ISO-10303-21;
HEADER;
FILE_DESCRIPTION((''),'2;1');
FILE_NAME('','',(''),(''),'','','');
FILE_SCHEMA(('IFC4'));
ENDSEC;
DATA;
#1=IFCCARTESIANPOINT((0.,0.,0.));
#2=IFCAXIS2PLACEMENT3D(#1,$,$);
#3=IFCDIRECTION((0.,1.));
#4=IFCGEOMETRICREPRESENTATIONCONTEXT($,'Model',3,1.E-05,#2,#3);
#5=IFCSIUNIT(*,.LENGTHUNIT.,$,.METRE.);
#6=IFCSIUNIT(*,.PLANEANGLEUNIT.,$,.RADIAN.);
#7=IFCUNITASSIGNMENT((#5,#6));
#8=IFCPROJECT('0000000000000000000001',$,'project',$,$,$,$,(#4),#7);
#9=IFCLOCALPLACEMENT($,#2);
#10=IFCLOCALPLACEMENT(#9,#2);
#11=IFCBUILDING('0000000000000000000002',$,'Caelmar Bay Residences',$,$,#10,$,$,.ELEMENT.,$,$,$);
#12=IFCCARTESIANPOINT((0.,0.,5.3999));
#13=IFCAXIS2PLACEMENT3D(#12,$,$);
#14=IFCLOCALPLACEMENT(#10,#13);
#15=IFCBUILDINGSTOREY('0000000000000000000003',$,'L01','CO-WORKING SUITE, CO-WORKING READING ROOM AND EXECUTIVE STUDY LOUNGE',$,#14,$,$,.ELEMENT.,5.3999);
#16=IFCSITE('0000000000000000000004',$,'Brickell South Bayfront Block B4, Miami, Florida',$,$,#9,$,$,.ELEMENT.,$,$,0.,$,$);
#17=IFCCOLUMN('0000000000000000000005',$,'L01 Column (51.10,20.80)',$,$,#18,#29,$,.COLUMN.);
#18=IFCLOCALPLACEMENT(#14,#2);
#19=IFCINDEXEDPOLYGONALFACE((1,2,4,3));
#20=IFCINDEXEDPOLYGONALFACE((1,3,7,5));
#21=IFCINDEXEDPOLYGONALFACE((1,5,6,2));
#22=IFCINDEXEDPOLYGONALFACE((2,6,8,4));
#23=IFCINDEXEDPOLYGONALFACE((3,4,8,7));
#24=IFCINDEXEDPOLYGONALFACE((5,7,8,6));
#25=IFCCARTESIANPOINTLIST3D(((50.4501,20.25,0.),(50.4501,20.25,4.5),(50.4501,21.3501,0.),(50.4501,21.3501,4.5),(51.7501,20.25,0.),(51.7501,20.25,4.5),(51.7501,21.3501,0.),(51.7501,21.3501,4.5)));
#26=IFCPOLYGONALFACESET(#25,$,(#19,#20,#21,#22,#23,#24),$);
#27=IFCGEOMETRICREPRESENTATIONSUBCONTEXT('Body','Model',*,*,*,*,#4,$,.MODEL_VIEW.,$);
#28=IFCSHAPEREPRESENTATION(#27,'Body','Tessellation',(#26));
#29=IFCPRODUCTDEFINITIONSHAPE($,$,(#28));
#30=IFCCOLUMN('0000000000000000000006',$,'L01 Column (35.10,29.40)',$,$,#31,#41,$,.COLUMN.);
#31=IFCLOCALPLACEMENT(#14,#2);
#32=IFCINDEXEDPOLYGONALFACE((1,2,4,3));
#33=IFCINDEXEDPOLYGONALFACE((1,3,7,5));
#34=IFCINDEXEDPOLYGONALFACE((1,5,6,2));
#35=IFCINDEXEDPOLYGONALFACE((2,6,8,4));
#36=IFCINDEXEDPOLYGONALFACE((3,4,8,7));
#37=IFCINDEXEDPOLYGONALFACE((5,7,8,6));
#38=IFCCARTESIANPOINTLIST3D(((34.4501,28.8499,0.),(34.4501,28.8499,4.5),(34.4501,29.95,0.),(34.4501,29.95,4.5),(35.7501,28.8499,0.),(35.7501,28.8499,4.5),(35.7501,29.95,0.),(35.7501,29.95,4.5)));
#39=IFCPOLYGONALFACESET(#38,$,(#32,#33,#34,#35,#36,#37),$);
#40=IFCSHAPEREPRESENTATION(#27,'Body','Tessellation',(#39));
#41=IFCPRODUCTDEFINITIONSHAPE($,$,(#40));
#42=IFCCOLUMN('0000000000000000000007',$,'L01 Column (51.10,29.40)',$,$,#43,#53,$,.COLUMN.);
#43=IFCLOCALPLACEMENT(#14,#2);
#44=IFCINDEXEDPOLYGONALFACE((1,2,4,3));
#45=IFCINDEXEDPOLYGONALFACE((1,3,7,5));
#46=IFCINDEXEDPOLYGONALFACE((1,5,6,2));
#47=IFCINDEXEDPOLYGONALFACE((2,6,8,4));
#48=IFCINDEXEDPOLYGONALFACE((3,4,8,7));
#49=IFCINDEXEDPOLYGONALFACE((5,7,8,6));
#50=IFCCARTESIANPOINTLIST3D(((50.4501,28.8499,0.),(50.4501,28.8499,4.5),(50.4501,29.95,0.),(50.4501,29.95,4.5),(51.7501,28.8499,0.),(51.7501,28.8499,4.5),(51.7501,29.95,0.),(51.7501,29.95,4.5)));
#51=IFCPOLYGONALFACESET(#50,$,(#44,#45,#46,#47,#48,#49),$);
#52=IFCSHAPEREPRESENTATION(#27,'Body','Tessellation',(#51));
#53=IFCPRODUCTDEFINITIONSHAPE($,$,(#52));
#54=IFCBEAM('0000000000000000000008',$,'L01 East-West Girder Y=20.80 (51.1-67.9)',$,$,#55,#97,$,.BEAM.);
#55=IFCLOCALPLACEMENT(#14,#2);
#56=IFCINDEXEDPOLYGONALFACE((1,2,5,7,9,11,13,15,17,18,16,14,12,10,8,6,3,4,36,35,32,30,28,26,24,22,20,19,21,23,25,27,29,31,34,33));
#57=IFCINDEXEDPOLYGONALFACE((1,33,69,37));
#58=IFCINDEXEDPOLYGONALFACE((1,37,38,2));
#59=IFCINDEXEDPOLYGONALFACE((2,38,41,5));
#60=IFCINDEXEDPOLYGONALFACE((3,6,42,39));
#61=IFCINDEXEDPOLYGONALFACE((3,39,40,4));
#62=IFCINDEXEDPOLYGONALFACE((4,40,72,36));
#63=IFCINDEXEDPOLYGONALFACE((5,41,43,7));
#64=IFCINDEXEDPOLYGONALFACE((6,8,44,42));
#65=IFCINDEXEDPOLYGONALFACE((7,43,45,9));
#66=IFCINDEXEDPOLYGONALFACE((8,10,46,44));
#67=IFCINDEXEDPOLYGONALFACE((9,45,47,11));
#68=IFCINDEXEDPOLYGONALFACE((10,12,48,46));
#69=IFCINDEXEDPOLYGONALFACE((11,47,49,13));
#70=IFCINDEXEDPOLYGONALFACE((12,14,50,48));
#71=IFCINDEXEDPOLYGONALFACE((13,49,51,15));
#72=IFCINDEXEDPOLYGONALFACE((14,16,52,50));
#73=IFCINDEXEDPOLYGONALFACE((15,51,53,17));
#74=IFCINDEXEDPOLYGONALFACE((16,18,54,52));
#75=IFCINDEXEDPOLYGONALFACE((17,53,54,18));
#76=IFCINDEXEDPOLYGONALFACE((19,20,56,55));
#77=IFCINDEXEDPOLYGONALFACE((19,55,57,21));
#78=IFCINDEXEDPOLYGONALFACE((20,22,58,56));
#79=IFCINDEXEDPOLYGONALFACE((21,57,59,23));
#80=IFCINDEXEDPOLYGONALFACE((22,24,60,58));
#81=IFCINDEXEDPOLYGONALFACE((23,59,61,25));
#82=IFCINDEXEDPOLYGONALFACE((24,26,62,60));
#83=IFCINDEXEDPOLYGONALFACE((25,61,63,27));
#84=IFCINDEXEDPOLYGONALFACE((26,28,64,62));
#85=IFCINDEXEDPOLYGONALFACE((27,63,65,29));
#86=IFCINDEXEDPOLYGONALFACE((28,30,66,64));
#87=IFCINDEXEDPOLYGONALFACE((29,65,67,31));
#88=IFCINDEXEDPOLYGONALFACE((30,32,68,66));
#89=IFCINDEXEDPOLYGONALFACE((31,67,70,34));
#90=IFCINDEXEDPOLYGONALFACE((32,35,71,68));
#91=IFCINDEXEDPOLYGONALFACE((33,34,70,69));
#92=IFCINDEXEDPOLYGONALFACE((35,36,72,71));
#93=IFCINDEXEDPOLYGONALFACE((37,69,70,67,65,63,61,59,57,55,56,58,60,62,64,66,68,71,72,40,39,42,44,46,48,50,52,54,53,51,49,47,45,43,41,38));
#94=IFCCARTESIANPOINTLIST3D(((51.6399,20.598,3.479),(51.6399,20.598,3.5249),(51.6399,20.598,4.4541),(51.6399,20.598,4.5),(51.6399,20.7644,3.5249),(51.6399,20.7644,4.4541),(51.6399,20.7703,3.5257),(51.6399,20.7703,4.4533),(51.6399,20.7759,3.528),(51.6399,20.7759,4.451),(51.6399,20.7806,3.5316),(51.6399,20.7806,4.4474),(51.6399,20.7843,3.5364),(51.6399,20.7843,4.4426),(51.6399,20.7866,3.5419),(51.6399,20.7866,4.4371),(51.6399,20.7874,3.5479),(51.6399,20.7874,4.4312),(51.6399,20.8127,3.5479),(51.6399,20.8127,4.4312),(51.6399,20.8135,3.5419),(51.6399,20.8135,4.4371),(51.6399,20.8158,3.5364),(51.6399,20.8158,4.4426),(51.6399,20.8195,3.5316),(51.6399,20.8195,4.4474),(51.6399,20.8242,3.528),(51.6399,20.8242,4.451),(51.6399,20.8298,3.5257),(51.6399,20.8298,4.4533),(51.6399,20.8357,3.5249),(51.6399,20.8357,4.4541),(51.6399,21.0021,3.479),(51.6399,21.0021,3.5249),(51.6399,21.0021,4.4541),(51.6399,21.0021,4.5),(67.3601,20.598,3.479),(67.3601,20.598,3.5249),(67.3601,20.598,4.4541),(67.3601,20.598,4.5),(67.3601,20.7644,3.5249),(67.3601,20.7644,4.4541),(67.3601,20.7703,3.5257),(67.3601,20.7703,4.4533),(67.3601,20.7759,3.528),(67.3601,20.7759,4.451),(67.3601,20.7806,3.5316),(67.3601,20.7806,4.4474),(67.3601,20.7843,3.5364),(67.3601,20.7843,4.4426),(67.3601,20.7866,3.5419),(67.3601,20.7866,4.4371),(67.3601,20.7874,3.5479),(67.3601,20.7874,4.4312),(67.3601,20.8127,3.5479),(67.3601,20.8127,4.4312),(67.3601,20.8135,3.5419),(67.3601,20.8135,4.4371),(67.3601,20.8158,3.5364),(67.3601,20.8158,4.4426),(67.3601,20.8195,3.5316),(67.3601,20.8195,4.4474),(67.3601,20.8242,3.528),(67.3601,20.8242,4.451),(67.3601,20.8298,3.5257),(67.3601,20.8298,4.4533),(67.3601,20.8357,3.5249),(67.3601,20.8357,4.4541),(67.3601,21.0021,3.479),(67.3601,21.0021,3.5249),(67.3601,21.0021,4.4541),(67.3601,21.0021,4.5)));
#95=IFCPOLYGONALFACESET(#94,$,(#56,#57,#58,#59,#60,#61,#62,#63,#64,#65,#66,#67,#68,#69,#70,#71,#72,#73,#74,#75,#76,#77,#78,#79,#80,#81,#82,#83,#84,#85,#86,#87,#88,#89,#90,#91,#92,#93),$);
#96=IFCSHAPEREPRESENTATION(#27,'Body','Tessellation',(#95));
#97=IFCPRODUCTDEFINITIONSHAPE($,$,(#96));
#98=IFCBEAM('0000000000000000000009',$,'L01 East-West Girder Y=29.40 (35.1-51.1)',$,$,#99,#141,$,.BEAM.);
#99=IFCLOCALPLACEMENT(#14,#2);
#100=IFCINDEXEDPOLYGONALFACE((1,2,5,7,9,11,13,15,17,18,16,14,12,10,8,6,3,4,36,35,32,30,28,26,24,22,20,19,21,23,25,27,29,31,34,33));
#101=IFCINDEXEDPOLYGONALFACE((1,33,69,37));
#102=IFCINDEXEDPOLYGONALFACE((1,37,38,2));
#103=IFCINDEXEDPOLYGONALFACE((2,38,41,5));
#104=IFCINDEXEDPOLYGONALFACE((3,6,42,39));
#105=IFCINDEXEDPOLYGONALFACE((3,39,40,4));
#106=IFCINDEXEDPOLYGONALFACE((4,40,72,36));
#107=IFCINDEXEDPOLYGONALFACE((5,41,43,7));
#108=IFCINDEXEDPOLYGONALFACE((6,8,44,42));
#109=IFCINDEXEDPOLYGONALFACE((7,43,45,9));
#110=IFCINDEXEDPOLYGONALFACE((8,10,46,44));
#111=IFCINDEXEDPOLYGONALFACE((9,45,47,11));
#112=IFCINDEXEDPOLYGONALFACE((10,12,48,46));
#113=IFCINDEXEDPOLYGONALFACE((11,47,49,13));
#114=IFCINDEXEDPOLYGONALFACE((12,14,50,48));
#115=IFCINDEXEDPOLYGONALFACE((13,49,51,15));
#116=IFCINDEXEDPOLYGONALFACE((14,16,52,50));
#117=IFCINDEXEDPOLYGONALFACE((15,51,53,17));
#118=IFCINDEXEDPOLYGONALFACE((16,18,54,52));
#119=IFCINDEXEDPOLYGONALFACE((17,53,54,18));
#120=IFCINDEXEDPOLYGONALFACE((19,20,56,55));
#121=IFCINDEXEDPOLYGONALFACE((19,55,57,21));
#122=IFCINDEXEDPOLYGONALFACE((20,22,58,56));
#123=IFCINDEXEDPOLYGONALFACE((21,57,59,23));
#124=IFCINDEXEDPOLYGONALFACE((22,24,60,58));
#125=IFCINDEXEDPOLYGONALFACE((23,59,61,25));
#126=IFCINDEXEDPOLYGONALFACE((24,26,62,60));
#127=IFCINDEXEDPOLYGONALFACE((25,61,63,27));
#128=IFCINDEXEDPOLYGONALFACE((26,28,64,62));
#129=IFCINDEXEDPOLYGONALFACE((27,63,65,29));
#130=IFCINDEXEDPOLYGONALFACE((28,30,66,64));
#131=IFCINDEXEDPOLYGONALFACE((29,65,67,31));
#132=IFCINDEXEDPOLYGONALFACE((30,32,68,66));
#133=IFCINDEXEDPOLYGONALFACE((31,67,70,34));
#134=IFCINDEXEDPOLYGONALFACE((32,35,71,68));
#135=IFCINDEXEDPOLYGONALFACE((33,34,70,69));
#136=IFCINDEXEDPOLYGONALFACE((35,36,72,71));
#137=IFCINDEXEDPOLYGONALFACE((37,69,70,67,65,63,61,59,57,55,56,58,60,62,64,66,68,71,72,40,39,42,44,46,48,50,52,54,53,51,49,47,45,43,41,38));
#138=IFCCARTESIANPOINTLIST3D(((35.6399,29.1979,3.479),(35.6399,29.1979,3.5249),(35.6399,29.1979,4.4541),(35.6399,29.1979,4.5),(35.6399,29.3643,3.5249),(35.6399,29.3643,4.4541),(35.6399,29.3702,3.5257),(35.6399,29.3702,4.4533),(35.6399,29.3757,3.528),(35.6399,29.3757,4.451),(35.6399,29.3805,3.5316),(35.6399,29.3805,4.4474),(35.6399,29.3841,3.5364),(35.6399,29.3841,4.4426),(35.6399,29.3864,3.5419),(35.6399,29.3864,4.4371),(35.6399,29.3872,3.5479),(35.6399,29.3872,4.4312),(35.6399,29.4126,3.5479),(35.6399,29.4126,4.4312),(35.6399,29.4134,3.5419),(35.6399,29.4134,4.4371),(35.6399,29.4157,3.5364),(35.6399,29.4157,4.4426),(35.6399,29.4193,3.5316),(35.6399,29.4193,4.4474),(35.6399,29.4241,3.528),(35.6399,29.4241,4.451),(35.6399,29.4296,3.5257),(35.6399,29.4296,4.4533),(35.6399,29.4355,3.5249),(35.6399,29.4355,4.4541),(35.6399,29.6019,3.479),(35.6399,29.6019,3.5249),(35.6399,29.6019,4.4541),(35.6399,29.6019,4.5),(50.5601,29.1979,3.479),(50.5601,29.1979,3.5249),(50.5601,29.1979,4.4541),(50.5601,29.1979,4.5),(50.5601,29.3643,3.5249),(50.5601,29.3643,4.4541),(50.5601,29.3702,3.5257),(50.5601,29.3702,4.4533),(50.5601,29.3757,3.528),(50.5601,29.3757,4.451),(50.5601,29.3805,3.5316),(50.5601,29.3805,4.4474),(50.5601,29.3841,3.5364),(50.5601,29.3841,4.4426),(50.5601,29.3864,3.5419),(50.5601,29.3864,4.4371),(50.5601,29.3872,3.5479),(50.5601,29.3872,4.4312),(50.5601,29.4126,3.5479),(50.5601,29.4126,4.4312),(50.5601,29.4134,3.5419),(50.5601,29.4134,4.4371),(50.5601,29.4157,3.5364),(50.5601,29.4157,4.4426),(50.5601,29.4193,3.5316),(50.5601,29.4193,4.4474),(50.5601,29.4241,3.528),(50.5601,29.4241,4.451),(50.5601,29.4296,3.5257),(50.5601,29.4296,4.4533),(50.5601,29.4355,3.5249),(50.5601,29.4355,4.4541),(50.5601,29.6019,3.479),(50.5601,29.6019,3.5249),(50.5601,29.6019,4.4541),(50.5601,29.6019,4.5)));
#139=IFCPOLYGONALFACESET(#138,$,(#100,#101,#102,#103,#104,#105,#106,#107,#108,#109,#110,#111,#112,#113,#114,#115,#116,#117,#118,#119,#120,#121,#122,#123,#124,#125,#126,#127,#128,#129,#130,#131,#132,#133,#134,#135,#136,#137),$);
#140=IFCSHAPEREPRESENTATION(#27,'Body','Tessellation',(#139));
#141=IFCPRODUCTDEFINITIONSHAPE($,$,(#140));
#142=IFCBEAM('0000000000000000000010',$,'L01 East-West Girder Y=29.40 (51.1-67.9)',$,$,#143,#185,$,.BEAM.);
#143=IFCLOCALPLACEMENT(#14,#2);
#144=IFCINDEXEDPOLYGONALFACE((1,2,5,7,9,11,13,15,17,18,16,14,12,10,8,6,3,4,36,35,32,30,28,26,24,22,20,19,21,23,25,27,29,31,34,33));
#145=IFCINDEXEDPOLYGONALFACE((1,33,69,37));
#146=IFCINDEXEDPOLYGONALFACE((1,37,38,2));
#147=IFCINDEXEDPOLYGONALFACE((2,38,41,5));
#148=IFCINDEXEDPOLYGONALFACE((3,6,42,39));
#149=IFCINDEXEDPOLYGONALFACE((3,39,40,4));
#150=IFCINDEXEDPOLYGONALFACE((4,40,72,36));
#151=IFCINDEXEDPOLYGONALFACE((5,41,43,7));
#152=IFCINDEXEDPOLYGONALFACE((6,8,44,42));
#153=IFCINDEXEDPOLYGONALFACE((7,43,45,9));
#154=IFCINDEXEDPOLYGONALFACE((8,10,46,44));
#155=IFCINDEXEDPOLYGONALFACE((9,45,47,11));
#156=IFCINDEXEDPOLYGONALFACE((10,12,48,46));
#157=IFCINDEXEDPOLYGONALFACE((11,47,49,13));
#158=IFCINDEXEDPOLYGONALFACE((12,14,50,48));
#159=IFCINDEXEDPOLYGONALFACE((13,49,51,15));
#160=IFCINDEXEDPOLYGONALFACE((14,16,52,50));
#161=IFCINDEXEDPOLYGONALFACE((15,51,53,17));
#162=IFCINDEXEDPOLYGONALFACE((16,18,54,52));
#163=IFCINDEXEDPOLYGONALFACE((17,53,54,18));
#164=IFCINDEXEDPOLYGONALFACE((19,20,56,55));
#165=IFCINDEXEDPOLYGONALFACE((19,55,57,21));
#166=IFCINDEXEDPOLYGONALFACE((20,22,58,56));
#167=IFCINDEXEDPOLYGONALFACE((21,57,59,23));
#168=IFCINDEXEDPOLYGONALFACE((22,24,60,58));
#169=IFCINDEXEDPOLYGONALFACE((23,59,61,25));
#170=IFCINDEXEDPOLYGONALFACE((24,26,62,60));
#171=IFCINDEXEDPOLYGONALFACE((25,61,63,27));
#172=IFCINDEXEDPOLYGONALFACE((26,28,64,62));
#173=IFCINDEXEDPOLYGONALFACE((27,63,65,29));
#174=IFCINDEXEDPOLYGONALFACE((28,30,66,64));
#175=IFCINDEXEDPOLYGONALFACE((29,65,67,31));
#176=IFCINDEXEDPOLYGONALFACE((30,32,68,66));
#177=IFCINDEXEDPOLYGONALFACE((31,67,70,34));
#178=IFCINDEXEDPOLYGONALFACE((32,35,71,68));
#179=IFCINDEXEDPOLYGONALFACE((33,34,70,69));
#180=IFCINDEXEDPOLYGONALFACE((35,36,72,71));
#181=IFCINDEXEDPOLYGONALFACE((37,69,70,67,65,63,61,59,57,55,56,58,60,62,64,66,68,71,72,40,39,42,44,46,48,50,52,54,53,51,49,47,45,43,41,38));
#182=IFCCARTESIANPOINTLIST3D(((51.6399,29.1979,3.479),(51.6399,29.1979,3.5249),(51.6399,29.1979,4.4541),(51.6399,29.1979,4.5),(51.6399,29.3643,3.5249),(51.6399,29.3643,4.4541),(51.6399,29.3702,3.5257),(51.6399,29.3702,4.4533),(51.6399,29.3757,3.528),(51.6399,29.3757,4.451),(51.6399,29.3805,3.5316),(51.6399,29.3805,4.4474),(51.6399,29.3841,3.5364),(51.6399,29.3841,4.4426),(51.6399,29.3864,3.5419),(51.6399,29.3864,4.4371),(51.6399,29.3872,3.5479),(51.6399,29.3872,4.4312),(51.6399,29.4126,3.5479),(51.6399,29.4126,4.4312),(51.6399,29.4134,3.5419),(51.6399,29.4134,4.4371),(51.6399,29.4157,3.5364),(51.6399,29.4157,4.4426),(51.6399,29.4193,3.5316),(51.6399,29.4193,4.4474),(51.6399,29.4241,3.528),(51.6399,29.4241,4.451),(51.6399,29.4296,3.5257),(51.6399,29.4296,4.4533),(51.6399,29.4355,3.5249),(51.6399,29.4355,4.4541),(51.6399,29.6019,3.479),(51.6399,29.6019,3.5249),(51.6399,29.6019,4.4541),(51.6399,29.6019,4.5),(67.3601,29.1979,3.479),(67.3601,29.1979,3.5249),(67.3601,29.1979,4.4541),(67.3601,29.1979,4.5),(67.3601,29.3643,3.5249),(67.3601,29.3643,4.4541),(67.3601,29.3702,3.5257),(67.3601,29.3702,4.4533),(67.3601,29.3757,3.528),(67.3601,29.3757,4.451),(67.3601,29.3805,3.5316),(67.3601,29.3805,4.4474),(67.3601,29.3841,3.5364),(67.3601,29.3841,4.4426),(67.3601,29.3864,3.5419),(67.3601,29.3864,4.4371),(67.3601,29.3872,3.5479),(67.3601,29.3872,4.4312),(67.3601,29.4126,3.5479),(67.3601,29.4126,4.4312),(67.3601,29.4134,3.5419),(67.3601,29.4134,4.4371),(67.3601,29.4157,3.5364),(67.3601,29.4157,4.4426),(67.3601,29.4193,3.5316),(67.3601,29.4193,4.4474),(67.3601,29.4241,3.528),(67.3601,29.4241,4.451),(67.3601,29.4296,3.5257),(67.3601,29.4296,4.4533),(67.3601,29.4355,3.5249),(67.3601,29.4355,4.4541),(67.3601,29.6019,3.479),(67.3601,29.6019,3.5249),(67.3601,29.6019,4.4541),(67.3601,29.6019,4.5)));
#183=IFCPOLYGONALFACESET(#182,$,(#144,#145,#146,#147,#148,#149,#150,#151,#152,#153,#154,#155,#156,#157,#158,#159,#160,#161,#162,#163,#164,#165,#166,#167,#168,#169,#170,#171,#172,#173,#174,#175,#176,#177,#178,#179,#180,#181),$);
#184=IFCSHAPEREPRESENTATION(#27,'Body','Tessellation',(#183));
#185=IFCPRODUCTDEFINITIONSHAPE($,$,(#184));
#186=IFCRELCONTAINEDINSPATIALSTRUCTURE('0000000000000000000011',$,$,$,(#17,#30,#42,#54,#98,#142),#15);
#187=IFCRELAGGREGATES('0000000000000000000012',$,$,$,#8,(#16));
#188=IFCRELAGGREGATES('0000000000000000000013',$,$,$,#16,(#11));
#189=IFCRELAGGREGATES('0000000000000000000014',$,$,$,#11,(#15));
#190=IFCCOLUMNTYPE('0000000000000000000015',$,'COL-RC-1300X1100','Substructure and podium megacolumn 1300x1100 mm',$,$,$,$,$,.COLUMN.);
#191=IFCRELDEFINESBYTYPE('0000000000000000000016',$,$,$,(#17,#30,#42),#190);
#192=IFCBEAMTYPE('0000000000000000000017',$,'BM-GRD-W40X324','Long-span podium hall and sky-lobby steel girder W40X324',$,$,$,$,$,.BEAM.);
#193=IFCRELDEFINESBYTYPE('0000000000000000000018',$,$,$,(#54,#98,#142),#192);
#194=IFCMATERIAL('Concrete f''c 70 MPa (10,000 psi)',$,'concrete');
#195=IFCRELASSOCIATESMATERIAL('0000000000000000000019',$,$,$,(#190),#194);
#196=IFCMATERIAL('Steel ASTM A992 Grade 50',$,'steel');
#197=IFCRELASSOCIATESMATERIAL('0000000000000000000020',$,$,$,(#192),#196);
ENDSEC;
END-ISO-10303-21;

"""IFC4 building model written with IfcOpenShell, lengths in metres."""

from ifc_helpers import new_model, si_unit, direction, frame, origin, origin_2d, place, context, subcontext, project, spatial, rectangle, i_section, extrude, material, material_profile, profile_set, type_object, element, save


model = new_model("IFC4")

# Units and contexts
model_context = context("Model", 3, precision=1e-05, world=origin(), true_north=direction((0.0, 1.0)))
body_context = subcontext(model_context, "Body", "Model", "MODEL_VIEW")
ifc_project = project(units=[si_unit("LENGTHUNIT", "METRE"), si_unit("PLANEANGLEUNIT", "RADIAN")], contexts=[model_context])

# Site, building, storey
site_placement = place(None, origin())
site = spatial("IfcSite", under=ifc_project, at=site_placement, Name="Brickell South Bayfront Block B4, Miami, Florida", CompositionType="ELEMENT", RefElevation=0.0)
building_placement = place(site_placement, origin())
building = spatial("IfcBuilding", under=site, at=building_placement, Name="Caelmar Bay Residences", CompositionType="ELEMENT")
storey_placement = place(building_placement, frame((0.0, 0.0, 5.3999)))
storey = spatial("IfcBuildingStorey", under=building, at=storey_placement, Name="L01", Description="CO-WORKING SUITE, CO-WORKING READING ROOM AND EXECUTIVE STUDY LOUNGE", CompositionType="ELEMENT", Elevation=5.3999)

# Columns
ifc_material_1 = material(Name="Concrete f'c 70 MPa (10,000 psi)", Category="concrete")
ifc_material_profile_1 = material_profile(ifc_material_1, rectangle(XDim=1.3, YDim=1.1001, at=origin_2d()), Name="RC-COL-1300X1100")
ifc_profile_set_1 = profile_set([ifc_material_profile_1], Name="Concrete f'c 70 MPa (10,000 psi)")
column_type = type_object("IfcColumnType", Name="COL-RC-1300X1100", Description="Substructure and podium megacolumn 1300x1100 mm", PredefinedType="COLUMN", material=ifc_profile_set_1)
for number, where, z_axis, x_axis, name in (
    (1, (51.1001, 20.8, 0.0), (0.0, 0.0, 1.0), (1.0, 0.0, 0.0), "L01 Column (51.10,20.80)"),
    (2, (35.1001, 29.3999, 0.0), (0.0, 0.0, 1.0), (1.0, 0.0, 0.0), "L01 Column (35.10,29.40)"),
    (3, (51.1001, 29.3999, 0.0), (0.0, 0.0, 1.0), (1.0, 0.0, 0.0), "L01 Column (51.10,29.40)"),
):
    element("IfcColumn", number, at=place(storey_placement, frame(where, z_axis=z_axis, x_axis=x_axis)), inside=storey, type_object=column_type, Name=name, PredefinedType="COLUMN", context=body_context, shape_type="SweptSolid", body=[
        extrude(rectangle(XDim=1.3, YDim=1.1001, at=origin_2d()), origin(), (0.0, 0.0, 1.0), 4.5),
    ])

# Beams
ifc_material_2 = material(Name="Steel ASTM A992 Grade 50", Category="steel")
ifc_material_profile_2 = material_profile(ifc_material_2, i_section(OverallWidth=0.4041, OverallDepth=1.021, WebThickness=0.0254, FlangeThickness=0.0459, FilletRadius=0.0229, at=origin_2d()), Name="W40X324")
ifc_profile_set_2 = profile_set([ifc_material_profile_2], Name="Steel ASTM A992 Grade 50")
beam_type_1 = type_object("IfcBeamType", Name="BM-GRD-W40X324", Description="Long-span podium hall and sky-lobby steel girder W40X324", PredefinedType="BEAM", material=ifc_profile_set_2)
beam_1_placement = place(storey_placement, frame((51.6399, 20.8, 3.9895), z_axis=(1.0, 0.0, 0.0), x_axis=(0.0, 1.0, 0.0)))
element("IfcBeam", 4, at=beam_1_placement, inside=storey, type_object=beam_type_1, Name="L01 East-West Girder Y=20.80 (51.1-67.9)", PredefinedType="BEAM", context=body_context, shape_type="SweptSolid", body=[
    extrude(i_section(OverallWidth=0.4041, OverallDepth=1.021, WebThickness=0.0254, FlangeThickness=0.0459, FilletRadius=0.0229, at=origin_2d()), origin(), (0.0, 0.0, 1.0), 15.7202),
])
beam_2_placement = place(storey_placement, frame((35.6399, 29.3999, 3.9895), z_axis=(1.0, 0.0, 0.0), x_axis=(0.0, 1.0, 0.0)))
element("IfcBeam", 5, at=beam_2_placement, inside=storey, type_object=beam_type_1, Name="L01 East-West Girder Y=29.40 (35.1-51.1)", PredefinedType="BEAM", context=body_context, shape_type="SweptSolid", body=[
    extrude(i_section(OverallWidth=0.4041, OverallDepth=1.021, WebThickness=0.0254, FlangeThickness=0.0459, FilletRadius=0.0229, at=origin_2d()), origin(), (0.0, 0.0, 1.0), 14.9202),
])
beam_3_placement = place(storey_placement, frame((51.6399, 29.3999, 3.9895), z_axis=(1.0, 0.0, 0.0), x_axis=(0.0, 1.0, 0.0)))
element("IfcBeam", 6, at=beam_3_placement, inside=storey, type_object=beam_type_1, Name="L01 East-West Girder Y=29.40 (51.1-67.9)", PredefinedType="BEAM", context=body_context, shape_type="SweptSolid", body=[
    extrude(i_section(OverallWidth=0.4041, OverallDepth=1.021, WebThickness=0.0254, FlangeThickness=0.0459, FilletRadius=0.0229, at=origin_2d()), origin(), (0.0, 0.0, 1.0), 15.7202),
])

save(model, "model.ifc")
